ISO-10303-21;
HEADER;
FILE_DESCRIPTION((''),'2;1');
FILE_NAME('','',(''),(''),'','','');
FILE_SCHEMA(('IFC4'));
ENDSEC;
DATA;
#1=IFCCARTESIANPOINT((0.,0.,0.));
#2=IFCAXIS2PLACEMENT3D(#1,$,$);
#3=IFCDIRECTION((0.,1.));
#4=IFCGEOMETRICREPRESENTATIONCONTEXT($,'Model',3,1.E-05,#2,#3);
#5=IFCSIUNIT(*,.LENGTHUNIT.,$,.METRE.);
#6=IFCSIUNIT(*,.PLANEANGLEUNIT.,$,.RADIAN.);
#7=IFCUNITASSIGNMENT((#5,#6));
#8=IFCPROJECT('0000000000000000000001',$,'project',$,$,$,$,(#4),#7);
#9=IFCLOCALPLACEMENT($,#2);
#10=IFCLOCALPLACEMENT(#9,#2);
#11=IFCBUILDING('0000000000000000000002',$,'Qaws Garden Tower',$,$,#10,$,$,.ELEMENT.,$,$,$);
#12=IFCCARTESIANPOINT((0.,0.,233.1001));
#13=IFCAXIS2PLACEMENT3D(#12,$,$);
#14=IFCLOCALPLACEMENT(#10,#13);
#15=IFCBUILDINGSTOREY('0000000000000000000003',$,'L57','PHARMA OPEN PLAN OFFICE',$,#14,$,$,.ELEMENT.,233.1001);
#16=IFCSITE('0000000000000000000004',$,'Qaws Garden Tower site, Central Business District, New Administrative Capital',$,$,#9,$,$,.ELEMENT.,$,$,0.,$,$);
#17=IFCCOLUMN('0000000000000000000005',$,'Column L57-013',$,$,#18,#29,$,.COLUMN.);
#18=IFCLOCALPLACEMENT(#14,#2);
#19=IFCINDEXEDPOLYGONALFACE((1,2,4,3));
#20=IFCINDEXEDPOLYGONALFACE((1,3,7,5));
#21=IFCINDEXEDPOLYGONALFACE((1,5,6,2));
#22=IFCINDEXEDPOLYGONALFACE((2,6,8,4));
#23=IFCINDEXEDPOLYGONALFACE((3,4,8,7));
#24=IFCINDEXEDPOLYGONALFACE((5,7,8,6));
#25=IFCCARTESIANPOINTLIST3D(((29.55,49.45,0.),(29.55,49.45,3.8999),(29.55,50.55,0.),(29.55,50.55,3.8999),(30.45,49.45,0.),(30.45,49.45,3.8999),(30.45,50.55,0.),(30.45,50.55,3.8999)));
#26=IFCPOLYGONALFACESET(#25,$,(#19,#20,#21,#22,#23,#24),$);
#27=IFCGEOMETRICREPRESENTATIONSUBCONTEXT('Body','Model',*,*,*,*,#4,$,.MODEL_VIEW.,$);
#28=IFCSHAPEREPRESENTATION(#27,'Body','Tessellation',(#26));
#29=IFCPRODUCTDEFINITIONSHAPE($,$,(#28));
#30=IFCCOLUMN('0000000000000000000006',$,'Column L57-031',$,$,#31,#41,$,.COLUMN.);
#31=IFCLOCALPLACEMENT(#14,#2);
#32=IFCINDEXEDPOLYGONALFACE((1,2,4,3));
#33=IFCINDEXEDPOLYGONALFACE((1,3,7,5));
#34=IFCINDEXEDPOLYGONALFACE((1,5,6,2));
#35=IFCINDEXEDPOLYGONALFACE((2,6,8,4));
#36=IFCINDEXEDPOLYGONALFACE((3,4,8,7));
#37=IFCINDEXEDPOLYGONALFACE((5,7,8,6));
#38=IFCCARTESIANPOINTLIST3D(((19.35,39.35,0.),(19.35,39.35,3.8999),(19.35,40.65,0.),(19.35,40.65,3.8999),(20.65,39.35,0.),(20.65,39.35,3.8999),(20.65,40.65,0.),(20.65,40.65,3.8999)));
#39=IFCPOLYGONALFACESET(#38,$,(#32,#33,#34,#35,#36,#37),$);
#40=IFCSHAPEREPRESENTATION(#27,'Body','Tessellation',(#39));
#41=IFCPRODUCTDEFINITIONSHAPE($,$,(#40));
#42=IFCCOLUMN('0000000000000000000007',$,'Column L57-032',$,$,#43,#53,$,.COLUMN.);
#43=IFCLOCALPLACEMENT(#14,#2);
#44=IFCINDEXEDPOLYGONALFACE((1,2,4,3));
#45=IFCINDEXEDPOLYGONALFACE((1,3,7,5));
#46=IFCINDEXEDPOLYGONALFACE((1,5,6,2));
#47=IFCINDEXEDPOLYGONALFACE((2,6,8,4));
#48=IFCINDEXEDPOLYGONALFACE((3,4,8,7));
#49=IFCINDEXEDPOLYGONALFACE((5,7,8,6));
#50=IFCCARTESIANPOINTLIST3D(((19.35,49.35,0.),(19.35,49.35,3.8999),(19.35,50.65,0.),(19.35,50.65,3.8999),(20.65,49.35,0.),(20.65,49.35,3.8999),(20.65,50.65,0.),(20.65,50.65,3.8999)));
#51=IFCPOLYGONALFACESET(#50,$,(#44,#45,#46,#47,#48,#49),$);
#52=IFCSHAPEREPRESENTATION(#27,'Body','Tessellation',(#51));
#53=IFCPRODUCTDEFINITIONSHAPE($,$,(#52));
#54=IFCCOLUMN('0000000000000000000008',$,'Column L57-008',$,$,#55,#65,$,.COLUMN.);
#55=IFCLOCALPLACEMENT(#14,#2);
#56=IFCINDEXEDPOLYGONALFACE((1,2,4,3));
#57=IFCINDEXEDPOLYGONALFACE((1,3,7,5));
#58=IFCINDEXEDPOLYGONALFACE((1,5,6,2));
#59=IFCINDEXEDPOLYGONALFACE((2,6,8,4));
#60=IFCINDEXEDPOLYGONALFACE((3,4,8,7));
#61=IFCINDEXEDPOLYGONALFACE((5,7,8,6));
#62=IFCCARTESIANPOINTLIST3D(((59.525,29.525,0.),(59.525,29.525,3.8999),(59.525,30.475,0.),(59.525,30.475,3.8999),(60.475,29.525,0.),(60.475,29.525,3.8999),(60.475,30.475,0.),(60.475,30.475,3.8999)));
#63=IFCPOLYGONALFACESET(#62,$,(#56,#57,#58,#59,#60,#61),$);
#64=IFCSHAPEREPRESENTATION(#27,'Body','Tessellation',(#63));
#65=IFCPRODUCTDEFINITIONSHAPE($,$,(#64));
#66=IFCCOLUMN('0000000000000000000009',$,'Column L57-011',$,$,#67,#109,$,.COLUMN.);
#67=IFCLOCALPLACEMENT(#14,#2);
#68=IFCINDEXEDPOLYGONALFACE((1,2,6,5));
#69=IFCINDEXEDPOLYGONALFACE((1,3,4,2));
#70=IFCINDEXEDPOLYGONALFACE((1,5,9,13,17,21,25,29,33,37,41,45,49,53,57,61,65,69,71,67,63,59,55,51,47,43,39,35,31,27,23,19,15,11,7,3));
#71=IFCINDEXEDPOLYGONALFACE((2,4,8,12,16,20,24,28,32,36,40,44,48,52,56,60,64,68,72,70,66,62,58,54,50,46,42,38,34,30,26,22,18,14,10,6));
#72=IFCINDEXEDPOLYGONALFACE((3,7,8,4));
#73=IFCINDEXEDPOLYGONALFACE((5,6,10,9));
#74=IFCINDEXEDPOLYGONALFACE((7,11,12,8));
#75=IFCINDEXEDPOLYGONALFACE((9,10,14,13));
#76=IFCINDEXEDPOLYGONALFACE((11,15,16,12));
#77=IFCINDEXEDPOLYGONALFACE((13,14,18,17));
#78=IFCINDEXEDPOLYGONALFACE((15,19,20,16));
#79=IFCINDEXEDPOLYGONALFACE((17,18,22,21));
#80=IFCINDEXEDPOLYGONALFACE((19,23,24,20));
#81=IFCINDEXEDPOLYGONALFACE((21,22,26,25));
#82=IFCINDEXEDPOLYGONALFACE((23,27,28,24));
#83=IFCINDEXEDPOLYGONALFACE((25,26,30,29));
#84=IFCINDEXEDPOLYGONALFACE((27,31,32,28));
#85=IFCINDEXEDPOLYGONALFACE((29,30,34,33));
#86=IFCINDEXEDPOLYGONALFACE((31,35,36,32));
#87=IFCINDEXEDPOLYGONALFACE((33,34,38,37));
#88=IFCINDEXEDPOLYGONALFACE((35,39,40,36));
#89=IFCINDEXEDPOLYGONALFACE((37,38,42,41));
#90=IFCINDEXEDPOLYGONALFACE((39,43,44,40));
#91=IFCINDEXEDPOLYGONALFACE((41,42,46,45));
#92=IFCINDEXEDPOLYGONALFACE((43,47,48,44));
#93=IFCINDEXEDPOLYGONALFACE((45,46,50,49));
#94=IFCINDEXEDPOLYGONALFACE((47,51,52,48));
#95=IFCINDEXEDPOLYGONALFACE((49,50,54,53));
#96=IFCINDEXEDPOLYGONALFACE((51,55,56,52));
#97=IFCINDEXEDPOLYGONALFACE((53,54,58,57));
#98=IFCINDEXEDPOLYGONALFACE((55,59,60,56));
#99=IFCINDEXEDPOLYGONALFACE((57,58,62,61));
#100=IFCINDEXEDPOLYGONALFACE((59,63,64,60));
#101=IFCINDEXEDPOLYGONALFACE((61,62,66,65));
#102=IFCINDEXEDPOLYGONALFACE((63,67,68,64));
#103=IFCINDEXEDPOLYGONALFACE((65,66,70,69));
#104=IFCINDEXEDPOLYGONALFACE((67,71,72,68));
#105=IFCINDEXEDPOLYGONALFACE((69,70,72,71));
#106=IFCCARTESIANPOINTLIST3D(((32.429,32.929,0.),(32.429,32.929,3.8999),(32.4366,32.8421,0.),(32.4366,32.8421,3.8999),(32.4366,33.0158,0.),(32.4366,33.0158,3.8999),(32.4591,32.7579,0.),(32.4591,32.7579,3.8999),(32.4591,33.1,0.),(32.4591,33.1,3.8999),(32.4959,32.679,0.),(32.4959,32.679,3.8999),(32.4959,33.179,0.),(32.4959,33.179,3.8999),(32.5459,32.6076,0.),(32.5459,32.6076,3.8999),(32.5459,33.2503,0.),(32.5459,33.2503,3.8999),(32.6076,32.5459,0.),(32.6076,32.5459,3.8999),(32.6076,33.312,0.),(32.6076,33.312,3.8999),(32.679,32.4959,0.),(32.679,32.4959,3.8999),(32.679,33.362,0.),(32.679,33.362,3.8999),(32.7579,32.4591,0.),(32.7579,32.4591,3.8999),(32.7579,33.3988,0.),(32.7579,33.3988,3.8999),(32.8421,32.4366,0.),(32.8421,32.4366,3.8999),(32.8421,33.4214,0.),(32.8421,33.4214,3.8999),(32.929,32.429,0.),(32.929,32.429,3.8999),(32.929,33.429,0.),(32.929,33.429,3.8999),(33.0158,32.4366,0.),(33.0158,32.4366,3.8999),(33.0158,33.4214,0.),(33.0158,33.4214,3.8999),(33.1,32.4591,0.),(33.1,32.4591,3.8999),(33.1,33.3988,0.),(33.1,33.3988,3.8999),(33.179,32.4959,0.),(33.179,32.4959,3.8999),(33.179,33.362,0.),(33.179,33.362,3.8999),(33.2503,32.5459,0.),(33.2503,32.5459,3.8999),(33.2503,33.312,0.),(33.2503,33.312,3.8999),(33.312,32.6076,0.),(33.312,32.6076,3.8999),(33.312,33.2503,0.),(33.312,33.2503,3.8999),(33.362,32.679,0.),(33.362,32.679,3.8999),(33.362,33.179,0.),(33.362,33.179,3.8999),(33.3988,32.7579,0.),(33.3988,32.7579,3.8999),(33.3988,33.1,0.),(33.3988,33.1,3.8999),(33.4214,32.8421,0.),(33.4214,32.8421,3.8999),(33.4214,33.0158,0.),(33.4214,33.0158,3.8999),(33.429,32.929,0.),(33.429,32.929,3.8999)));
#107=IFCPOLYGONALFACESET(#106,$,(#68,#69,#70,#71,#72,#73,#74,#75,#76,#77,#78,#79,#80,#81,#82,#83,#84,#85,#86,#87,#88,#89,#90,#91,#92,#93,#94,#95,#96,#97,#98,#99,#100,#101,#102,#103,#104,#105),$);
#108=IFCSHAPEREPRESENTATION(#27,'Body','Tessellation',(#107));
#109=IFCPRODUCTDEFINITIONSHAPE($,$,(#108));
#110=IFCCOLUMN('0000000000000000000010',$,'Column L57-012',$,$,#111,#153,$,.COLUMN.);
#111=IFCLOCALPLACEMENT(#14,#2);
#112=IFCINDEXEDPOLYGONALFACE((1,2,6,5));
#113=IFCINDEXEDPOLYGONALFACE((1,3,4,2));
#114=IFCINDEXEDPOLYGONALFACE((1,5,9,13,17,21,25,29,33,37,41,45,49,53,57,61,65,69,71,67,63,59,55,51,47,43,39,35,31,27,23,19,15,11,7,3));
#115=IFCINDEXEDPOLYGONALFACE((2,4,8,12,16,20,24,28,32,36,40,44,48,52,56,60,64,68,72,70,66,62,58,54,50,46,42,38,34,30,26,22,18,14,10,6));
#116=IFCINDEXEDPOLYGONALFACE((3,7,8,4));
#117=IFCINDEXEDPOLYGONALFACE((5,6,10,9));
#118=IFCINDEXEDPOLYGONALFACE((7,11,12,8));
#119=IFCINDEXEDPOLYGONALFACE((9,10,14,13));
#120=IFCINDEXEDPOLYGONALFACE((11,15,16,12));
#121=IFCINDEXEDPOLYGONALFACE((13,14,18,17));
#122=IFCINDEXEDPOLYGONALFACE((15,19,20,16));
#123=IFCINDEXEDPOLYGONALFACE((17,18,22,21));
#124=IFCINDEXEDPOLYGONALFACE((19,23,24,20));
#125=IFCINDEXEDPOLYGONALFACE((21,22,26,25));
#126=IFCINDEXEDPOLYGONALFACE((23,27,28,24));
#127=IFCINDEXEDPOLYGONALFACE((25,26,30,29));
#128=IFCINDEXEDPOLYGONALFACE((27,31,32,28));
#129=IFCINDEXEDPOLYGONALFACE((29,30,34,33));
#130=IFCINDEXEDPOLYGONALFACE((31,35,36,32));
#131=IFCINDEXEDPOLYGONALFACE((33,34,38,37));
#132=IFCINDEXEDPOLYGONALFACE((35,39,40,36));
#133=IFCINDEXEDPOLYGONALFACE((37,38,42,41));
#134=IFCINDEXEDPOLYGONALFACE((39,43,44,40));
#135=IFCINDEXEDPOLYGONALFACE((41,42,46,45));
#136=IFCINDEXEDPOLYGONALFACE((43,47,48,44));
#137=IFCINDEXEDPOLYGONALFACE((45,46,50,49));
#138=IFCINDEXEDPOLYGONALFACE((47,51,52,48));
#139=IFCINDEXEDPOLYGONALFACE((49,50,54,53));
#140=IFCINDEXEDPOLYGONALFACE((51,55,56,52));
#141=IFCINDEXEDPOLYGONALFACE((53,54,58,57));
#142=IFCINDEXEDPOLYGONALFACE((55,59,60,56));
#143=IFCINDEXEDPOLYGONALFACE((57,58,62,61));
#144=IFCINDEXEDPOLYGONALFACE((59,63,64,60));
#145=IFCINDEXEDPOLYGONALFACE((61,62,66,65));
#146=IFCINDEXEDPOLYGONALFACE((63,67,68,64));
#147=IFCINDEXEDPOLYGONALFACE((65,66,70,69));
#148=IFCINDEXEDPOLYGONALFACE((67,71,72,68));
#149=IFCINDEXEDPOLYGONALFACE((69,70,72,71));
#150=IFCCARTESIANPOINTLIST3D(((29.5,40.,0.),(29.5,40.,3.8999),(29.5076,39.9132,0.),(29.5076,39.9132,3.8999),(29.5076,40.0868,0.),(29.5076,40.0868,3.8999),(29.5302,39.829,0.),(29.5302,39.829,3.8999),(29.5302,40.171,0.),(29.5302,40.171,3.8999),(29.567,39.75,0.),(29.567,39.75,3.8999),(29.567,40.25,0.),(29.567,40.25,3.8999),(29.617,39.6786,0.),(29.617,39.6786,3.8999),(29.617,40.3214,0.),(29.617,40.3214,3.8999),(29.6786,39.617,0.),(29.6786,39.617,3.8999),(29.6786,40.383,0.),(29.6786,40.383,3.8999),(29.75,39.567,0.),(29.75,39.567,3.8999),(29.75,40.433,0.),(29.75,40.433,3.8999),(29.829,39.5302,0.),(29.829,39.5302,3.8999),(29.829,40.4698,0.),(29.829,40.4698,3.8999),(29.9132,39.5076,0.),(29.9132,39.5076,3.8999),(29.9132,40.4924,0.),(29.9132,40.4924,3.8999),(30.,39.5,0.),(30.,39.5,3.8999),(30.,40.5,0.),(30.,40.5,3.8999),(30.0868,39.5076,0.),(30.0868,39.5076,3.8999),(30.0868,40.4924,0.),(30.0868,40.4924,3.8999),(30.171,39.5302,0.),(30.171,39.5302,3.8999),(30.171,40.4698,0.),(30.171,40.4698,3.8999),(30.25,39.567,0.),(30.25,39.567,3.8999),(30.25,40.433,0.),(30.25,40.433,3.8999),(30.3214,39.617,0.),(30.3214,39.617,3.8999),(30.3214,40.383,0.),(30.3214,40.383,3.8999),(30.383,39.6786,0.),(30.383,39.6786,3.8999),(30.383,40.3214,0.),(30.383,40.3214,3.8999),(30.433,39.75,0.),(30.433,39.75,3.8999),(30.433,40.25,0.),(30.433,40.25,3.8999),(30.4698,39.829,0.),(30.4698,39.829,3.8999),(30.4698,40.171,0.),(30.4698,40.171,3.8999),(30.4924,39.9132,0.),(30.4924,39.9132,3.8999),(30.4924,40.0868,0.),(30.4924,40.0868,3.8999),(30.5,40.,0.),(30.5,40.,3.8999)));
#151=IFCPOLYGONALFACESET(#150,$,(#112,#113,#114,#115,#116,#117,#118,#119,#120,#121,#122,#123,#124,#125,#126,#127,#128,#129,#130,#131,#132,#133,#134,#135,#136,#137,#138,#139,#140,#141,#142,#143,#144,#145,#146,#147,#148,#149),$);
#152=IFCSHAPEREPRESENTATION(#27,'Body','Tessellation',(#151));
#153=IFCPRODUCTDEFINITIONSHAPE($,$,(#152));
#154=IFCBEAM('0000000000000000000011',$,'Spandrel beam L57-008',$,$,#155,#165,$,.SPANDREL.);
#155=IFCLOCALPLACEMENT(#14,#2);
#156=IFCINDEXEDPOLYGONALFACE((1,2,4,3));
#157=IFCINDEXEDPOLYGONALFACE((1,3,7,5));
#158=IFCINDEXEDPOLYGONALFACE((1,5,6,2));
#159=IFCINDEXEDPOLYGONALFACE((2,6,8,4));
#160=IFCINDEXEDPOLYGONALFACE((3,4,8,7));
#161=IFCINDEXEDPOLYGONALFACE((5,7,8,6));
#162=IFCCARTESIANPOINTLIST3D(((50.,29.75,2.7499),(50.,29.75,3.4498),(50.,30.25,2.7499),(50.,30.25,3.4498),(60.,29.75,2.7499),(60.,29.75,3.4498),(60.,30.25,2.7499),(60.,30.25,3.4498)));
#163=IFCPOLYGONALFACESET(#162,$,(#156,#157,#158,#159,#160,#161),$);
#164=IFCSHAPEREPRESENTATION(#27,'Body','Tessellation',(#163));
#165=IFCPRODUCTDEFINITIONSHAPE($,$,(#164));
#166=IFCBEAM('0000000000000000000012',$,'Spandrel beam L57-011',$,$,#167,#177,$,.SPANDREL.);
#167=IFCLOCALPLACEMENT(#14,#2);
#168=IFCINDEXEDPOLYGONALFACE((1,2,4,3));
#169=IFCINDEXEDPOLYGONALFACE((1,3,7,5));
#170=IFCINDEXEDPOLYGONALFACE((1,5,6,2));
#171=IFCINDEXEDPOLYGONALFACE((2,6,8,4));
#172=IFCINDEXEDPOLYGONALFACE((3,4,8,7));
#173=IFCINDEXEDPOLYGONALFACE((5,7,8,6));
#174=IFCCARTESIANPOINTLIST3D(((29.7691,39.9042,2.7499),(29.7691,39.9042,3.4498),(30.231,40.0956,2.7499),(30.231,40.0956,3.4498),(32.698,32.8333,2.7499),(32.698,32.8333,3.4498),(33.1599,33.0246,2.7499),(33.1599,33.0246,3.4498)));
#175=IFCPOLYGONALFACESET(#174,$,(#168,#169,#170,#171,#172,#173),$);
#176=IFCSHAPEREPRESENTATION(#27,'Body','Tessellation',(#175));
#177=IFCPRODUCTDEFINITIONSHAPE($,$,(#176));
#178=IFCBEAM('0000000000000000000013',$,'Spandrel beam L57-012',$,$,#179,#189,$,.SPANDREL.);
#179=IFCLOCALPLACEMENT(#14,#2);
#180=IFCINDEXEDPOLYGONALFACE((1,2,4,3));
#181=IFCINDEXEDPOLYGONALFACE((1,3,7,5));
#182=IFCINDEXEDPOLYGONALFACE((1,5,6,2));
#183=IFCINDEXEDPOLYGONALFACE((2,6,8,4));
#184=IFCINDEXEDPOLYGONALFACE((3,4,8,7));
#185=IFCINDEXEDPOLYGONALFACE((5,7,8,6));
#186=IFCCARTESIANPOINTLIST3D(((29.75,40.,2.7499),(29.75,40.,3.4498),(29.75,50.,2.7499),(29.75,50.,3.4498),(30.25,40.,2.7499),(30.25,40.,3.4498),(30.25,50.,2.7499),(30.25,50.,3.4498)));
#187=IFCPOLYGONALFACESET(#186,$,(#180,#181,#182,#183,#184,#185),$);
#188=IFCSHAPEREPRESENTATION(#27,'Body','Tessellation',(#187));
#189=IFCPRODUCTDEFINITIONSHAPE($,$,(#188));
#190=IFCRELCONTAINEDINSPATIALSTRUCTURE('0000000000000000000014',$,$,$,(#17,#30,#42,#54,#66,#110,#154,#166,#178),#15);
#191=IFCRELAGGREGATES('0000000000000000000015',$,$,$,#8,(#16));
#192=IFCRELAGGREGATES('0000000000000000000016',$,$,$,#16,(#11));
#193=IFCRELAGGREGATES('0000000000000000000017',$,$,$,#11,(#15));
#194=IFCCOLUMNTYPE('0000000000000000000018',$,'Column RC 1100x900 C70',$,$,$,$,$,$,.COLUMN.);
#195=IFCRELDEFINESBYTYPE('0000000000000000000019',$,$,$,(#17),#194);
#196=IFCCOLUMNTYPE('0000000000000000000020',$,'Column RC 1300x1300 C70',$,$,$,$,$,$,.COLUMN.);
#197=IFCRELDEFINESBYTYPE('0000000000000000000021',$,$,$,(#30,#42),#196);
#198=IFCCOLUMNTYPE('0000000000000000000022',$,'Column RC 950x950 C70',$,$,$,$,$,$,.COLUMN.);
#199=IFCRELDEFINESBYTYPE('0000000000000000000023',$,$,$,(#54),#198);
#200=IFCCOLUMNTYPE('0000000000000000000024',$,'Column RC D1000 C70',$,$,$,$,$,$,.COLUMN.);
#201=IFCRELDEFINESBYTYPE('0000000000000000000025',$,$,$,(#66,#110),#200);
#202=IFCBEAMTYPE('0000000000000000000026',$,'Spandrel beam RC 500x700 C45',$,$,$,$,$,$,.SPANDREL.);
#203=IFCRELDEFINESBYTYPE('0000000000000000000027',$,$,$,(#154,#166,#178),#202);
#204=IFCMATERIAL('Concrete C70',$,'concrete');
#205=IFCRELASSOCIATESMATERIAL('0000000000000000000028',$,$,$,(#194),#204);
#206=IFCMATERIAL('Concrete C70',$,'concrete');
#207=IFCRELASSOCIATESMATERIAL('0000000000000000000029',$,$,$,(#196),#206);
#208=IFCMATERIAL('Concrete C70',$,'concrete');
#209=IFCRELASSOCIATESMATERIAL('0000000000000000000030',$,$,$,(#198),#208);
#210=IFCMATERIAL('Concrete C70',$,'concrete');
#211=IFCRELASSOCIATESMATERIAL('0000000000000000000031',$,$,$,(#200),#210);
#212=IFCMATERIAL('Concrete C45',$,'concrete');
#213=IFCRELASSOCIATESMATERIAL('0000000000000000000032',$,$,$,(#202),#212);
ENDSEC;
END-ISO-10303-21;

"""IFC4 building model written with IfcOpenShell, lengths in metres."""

from ifc_helpers import new_model, si_unit, direction, frame, origin, origin_2d, place, context, subcontext, project, spatial, rectangle, circle, extrude, material, material_profile, profile_set, type_object, element, save


model = new_model("IFC4")

# Units and contexts
model_context = context("Model", 3, precision=1e-05, world=origin(), true_north=direction((0.0, 1.0)))
body_context = subcontext(model_context, "Body", "Model", "MODEL_VIEW")
ifc_project = project(units=[si_unit("LENGTHUNIT", "METRE"), si_unit("PLANEANGLEUNIT", "RADIAN")], contexts=[model_context])

# Site, building, storey
site_placement = place(None, origin())
site = spatial("IfcSite", under=ifc_project, at=site_placement, Name="Qaws Garden Tower site, Central Business District, New Administrative Capital", CompositionType="ELEMENT", RefElevation=0.0)
building_placement = place(site_placement, origin())
building = spatial("IfcBuilding", under=site, at=building_placement, Name="Qaws Garden Tower", CompositionType="ELEMENT")
storey_placement = place(building_placement, frame((0.0, 0.0, 233.1001)))
storey = spatial("IfcBuildingStorey", under=building, at=storey_placement, Name="L57", Description="PHARMA OPEN PLAN OFFICE", CompositionType="ELEMENT", Elevation=233.1001)

# Columns
ifc_material_1 = material(Name="Concrete C70", Category="concrete")
ifc_material_profile_1 = material_profile(ifc_material_1, rectangle(XDim=1.1001, YDim=0.8999, at=origin_2d()), Name="RC 1100x900")
ifc_profile_set_1 = profile_set([ifc_material_profile_1], Name="Concrete C70")
column_type_1 = type_object("IfcColumnType", Name="Column RC 1100x900 C70", PredefinedType="COLUMN", material=ifc_profile_set_1)
column_1_placement = place(storey_placement, frame((30.0, 50.0, 0.0), z_axis=(0.0, 0.0, 1.0), x_axis=(0.0, 1.0, 0.0)))
element("IfcColumn", 1, at=column_1_placement, inside=storey, type_object=column_type_1, Name="Column L57-013", PredefinedType="COLUMN", context=body_context, shape_type="SweptSolid", body=[
    extrude(rectangle(XDim=1.1001, YDim=0.8999, at=origin_2d()), origin(), (0.0, 0.0, 1.0), 3.8999),
])
ifc_material_2 = material(Name="Concrete C70", Category="concrete")
ifc_material_profile_2 = material_profile(ifc_material_2, rectangle(XDim=1.3, YDim=1.3, at=origin_2d()), Name="RC 1300x1300")
ifc_profile_set_2 = profile_set([ifc_material_profile_2], Name="Concrete C70")
column_type_2 = type_object("IfcColumnType", Name="Column RC 1300x1300 C70", PredefinedType="COLUMN", material=ifc_profile_set_2)
for number, where, z_axis, x_axis, name in (
    (2, (20.0, 40.0, 0.0), (0.0, 0.0, 1.0), (1.0, 0.0, 0.0), "Column L57-031"),
    (3, (20.0, 50.0, 0.0), (0.0, 0.0, 1.0), (1.0, 0.0, 0.0), "Column L57-032"),
):
    element("IfcColumn", number, at=place(storey_placement, frame(where, z_axis=z_axis, x_axis=x_axis)), inside=storey, type_object=column_type_2, Name=name, PredefinedType="COLUMN", context=body_context, shape_type="SweptSolid", body=[
        extrude(rectangle(XDim=1.3, YDim=1.3, at=origin_2d()), origin(), (0.0, 0.0, 1.0), 3.8999),
    ])
ifc_material_3 = material(Name="Concrete C70", Category="concrete")
ifc_material_profile_3 = material_profile(ifc_material_3, rectangle(XDim=0.95, YDim=0.95, at=origin_2d()), Name="RC 950x950")
ifc_profile_set_3 = profile_set([ifc_material_profile_3], Name="Concrete C70")
column_type_3 = type_object("IfcColumnType", Name="Column RC 950x950 C70", PredefinedType="COLUMN", material=ifc_profile_set_3)
column_2_placement = place(storey_placement, frame((60.0, 30.0, 0.0), z_axis=(0.0, 0.0, 1.0), x_axis=(1.0, 0.0, 0.0)))
element("IfcColumn", 4, at=column_2_placement, inside=storey, type_object=column_type_3, Name="Column L57-008", PredefinedType="COLUMN", context=body_context, shape_type="SweptSolid", body=[
    extrude(rectangle(XDim=0.95, YDim=0.95, at=origin_2d()), origin(), (0.0, 0.0, 1.0), 3.8999),
])
ifc_material_4 = material(Name="Concrete C70", Category="concrete")
ifc_material_profile_4 = material_profile(ifc_material_4, circle(Radius=0.5, at=origin_2d()), Name="RC D1000")
ifc_profile_set_4 = profile_set([ifc_material_profile_4], Name="Concrete C70")
column_type_4 = type_object("IfcColumnType", Name="Column RC D1000 C70", PredefinedType="COLUMN", material=ifc_profile_set_4)
for number, where, z_axis, x_axis, name in (
    (5, (32.929, 32.929, 0.0), (0.0, 0.0, 1.0), (1.0, 0.0, 0.0), "Column L57-011"),
    (6, (30.0, 40.0, 0.0), (0.0, 0.0, 1.0), (1.0, 0.0, 0.0), "Column L57-012"),
):
    element("IfcColumn", number, at=place(storey_placement, frame(where, z_axis=z_axis, x_axis=x_axis)), inside=storey, type_object=column_type_4, Name=name, PredefinedType="COLUMN", context=body_context, shape_type="SweptSolid", body=[
        extrude(circle(Radius=0.5, at=origin_2d()), origin(), (0.0, 0.0, 1.0), 3.8999),
    ])

# Beams
ifc_material_5 = material(Name="Concrete C45", Category="concrete")
ifc_material_profile_5 = material_profile(ifc_material_5, rectangle(XDim=0.5, YDim=0.7, at=origin_2d()), Name="RC 500x700")
ifc_profile_set_5 = profile_set([ifc_material_profile_5], Name="Concrete C45")
beam_type = type_object("IfcBeamType", Name="Spandrel beam RC 500x700 C45", PredefinedType="SPANDREL", material=ifc_profile_set_5)
beam_1_placement = place(storey_placement, frame((60.0, 30.0, 3.0999), z_axis=(-1.0, 0.0, 0.0), x_axis=(0.0, -1.0, 0.0)))
element("IfcBeam", 7, at=beam_1_placement, inside=storey, type_object=beam_type, Name="Spandrel beam L57-008", PredefinedType="SPANDREL", context=body_context, shape_type="SweptSolid", body=[
    extrude(rectangle(XDim=0.5, YDim=0.7, at=origin_2d()), origin(), (0.0, 0.0, 1.0), 10.0),
])
beam_2_placement = place(storey_placement, frame((32.929, 32.929, 3.0999), z_axis=(-0.382687, 0.923878, 0.0), x_axis=(-0.923878, -0.382687, 0.0)))
element("IfcBeam", 8, at=beam_2_placement, inside=storey, type_object=beam_type, Name="Spandrel beam L57-011", PredefinedType="SPANDREL", context=body_context, shape_type="SweptSolid", body=[
    extrude(rectangle(XDim=0.5, YDim=0.7, at=origin_2d()), origin(), (0.0, 0.0, 1.0), 7.6536),
])
for number, where, z_axis, x_axis, name in (
    (9, (30.0, 40.0, 3.0999), (0.0, 1.0, 0.0), (-1.0, 0.0, 0.0), "Spandrel beam L57-012"),
):
    element("IfcBeam", number, at=place(storey_placement, frame(where, z_axis=z_axis, x_axis=x_axis)), inside=storey, type_object=beam_type, Name=name, PredefinedType="SPANDREL", context=body_context, shape_type="SweptSolid", body=[
        extrude(rectangle(XDim=0.5, YDim=0.7, at=origin_2d()), origin(), (0.0, 0.0, 1.0), 10.0),
    ])

save(model, "model.ifc")
